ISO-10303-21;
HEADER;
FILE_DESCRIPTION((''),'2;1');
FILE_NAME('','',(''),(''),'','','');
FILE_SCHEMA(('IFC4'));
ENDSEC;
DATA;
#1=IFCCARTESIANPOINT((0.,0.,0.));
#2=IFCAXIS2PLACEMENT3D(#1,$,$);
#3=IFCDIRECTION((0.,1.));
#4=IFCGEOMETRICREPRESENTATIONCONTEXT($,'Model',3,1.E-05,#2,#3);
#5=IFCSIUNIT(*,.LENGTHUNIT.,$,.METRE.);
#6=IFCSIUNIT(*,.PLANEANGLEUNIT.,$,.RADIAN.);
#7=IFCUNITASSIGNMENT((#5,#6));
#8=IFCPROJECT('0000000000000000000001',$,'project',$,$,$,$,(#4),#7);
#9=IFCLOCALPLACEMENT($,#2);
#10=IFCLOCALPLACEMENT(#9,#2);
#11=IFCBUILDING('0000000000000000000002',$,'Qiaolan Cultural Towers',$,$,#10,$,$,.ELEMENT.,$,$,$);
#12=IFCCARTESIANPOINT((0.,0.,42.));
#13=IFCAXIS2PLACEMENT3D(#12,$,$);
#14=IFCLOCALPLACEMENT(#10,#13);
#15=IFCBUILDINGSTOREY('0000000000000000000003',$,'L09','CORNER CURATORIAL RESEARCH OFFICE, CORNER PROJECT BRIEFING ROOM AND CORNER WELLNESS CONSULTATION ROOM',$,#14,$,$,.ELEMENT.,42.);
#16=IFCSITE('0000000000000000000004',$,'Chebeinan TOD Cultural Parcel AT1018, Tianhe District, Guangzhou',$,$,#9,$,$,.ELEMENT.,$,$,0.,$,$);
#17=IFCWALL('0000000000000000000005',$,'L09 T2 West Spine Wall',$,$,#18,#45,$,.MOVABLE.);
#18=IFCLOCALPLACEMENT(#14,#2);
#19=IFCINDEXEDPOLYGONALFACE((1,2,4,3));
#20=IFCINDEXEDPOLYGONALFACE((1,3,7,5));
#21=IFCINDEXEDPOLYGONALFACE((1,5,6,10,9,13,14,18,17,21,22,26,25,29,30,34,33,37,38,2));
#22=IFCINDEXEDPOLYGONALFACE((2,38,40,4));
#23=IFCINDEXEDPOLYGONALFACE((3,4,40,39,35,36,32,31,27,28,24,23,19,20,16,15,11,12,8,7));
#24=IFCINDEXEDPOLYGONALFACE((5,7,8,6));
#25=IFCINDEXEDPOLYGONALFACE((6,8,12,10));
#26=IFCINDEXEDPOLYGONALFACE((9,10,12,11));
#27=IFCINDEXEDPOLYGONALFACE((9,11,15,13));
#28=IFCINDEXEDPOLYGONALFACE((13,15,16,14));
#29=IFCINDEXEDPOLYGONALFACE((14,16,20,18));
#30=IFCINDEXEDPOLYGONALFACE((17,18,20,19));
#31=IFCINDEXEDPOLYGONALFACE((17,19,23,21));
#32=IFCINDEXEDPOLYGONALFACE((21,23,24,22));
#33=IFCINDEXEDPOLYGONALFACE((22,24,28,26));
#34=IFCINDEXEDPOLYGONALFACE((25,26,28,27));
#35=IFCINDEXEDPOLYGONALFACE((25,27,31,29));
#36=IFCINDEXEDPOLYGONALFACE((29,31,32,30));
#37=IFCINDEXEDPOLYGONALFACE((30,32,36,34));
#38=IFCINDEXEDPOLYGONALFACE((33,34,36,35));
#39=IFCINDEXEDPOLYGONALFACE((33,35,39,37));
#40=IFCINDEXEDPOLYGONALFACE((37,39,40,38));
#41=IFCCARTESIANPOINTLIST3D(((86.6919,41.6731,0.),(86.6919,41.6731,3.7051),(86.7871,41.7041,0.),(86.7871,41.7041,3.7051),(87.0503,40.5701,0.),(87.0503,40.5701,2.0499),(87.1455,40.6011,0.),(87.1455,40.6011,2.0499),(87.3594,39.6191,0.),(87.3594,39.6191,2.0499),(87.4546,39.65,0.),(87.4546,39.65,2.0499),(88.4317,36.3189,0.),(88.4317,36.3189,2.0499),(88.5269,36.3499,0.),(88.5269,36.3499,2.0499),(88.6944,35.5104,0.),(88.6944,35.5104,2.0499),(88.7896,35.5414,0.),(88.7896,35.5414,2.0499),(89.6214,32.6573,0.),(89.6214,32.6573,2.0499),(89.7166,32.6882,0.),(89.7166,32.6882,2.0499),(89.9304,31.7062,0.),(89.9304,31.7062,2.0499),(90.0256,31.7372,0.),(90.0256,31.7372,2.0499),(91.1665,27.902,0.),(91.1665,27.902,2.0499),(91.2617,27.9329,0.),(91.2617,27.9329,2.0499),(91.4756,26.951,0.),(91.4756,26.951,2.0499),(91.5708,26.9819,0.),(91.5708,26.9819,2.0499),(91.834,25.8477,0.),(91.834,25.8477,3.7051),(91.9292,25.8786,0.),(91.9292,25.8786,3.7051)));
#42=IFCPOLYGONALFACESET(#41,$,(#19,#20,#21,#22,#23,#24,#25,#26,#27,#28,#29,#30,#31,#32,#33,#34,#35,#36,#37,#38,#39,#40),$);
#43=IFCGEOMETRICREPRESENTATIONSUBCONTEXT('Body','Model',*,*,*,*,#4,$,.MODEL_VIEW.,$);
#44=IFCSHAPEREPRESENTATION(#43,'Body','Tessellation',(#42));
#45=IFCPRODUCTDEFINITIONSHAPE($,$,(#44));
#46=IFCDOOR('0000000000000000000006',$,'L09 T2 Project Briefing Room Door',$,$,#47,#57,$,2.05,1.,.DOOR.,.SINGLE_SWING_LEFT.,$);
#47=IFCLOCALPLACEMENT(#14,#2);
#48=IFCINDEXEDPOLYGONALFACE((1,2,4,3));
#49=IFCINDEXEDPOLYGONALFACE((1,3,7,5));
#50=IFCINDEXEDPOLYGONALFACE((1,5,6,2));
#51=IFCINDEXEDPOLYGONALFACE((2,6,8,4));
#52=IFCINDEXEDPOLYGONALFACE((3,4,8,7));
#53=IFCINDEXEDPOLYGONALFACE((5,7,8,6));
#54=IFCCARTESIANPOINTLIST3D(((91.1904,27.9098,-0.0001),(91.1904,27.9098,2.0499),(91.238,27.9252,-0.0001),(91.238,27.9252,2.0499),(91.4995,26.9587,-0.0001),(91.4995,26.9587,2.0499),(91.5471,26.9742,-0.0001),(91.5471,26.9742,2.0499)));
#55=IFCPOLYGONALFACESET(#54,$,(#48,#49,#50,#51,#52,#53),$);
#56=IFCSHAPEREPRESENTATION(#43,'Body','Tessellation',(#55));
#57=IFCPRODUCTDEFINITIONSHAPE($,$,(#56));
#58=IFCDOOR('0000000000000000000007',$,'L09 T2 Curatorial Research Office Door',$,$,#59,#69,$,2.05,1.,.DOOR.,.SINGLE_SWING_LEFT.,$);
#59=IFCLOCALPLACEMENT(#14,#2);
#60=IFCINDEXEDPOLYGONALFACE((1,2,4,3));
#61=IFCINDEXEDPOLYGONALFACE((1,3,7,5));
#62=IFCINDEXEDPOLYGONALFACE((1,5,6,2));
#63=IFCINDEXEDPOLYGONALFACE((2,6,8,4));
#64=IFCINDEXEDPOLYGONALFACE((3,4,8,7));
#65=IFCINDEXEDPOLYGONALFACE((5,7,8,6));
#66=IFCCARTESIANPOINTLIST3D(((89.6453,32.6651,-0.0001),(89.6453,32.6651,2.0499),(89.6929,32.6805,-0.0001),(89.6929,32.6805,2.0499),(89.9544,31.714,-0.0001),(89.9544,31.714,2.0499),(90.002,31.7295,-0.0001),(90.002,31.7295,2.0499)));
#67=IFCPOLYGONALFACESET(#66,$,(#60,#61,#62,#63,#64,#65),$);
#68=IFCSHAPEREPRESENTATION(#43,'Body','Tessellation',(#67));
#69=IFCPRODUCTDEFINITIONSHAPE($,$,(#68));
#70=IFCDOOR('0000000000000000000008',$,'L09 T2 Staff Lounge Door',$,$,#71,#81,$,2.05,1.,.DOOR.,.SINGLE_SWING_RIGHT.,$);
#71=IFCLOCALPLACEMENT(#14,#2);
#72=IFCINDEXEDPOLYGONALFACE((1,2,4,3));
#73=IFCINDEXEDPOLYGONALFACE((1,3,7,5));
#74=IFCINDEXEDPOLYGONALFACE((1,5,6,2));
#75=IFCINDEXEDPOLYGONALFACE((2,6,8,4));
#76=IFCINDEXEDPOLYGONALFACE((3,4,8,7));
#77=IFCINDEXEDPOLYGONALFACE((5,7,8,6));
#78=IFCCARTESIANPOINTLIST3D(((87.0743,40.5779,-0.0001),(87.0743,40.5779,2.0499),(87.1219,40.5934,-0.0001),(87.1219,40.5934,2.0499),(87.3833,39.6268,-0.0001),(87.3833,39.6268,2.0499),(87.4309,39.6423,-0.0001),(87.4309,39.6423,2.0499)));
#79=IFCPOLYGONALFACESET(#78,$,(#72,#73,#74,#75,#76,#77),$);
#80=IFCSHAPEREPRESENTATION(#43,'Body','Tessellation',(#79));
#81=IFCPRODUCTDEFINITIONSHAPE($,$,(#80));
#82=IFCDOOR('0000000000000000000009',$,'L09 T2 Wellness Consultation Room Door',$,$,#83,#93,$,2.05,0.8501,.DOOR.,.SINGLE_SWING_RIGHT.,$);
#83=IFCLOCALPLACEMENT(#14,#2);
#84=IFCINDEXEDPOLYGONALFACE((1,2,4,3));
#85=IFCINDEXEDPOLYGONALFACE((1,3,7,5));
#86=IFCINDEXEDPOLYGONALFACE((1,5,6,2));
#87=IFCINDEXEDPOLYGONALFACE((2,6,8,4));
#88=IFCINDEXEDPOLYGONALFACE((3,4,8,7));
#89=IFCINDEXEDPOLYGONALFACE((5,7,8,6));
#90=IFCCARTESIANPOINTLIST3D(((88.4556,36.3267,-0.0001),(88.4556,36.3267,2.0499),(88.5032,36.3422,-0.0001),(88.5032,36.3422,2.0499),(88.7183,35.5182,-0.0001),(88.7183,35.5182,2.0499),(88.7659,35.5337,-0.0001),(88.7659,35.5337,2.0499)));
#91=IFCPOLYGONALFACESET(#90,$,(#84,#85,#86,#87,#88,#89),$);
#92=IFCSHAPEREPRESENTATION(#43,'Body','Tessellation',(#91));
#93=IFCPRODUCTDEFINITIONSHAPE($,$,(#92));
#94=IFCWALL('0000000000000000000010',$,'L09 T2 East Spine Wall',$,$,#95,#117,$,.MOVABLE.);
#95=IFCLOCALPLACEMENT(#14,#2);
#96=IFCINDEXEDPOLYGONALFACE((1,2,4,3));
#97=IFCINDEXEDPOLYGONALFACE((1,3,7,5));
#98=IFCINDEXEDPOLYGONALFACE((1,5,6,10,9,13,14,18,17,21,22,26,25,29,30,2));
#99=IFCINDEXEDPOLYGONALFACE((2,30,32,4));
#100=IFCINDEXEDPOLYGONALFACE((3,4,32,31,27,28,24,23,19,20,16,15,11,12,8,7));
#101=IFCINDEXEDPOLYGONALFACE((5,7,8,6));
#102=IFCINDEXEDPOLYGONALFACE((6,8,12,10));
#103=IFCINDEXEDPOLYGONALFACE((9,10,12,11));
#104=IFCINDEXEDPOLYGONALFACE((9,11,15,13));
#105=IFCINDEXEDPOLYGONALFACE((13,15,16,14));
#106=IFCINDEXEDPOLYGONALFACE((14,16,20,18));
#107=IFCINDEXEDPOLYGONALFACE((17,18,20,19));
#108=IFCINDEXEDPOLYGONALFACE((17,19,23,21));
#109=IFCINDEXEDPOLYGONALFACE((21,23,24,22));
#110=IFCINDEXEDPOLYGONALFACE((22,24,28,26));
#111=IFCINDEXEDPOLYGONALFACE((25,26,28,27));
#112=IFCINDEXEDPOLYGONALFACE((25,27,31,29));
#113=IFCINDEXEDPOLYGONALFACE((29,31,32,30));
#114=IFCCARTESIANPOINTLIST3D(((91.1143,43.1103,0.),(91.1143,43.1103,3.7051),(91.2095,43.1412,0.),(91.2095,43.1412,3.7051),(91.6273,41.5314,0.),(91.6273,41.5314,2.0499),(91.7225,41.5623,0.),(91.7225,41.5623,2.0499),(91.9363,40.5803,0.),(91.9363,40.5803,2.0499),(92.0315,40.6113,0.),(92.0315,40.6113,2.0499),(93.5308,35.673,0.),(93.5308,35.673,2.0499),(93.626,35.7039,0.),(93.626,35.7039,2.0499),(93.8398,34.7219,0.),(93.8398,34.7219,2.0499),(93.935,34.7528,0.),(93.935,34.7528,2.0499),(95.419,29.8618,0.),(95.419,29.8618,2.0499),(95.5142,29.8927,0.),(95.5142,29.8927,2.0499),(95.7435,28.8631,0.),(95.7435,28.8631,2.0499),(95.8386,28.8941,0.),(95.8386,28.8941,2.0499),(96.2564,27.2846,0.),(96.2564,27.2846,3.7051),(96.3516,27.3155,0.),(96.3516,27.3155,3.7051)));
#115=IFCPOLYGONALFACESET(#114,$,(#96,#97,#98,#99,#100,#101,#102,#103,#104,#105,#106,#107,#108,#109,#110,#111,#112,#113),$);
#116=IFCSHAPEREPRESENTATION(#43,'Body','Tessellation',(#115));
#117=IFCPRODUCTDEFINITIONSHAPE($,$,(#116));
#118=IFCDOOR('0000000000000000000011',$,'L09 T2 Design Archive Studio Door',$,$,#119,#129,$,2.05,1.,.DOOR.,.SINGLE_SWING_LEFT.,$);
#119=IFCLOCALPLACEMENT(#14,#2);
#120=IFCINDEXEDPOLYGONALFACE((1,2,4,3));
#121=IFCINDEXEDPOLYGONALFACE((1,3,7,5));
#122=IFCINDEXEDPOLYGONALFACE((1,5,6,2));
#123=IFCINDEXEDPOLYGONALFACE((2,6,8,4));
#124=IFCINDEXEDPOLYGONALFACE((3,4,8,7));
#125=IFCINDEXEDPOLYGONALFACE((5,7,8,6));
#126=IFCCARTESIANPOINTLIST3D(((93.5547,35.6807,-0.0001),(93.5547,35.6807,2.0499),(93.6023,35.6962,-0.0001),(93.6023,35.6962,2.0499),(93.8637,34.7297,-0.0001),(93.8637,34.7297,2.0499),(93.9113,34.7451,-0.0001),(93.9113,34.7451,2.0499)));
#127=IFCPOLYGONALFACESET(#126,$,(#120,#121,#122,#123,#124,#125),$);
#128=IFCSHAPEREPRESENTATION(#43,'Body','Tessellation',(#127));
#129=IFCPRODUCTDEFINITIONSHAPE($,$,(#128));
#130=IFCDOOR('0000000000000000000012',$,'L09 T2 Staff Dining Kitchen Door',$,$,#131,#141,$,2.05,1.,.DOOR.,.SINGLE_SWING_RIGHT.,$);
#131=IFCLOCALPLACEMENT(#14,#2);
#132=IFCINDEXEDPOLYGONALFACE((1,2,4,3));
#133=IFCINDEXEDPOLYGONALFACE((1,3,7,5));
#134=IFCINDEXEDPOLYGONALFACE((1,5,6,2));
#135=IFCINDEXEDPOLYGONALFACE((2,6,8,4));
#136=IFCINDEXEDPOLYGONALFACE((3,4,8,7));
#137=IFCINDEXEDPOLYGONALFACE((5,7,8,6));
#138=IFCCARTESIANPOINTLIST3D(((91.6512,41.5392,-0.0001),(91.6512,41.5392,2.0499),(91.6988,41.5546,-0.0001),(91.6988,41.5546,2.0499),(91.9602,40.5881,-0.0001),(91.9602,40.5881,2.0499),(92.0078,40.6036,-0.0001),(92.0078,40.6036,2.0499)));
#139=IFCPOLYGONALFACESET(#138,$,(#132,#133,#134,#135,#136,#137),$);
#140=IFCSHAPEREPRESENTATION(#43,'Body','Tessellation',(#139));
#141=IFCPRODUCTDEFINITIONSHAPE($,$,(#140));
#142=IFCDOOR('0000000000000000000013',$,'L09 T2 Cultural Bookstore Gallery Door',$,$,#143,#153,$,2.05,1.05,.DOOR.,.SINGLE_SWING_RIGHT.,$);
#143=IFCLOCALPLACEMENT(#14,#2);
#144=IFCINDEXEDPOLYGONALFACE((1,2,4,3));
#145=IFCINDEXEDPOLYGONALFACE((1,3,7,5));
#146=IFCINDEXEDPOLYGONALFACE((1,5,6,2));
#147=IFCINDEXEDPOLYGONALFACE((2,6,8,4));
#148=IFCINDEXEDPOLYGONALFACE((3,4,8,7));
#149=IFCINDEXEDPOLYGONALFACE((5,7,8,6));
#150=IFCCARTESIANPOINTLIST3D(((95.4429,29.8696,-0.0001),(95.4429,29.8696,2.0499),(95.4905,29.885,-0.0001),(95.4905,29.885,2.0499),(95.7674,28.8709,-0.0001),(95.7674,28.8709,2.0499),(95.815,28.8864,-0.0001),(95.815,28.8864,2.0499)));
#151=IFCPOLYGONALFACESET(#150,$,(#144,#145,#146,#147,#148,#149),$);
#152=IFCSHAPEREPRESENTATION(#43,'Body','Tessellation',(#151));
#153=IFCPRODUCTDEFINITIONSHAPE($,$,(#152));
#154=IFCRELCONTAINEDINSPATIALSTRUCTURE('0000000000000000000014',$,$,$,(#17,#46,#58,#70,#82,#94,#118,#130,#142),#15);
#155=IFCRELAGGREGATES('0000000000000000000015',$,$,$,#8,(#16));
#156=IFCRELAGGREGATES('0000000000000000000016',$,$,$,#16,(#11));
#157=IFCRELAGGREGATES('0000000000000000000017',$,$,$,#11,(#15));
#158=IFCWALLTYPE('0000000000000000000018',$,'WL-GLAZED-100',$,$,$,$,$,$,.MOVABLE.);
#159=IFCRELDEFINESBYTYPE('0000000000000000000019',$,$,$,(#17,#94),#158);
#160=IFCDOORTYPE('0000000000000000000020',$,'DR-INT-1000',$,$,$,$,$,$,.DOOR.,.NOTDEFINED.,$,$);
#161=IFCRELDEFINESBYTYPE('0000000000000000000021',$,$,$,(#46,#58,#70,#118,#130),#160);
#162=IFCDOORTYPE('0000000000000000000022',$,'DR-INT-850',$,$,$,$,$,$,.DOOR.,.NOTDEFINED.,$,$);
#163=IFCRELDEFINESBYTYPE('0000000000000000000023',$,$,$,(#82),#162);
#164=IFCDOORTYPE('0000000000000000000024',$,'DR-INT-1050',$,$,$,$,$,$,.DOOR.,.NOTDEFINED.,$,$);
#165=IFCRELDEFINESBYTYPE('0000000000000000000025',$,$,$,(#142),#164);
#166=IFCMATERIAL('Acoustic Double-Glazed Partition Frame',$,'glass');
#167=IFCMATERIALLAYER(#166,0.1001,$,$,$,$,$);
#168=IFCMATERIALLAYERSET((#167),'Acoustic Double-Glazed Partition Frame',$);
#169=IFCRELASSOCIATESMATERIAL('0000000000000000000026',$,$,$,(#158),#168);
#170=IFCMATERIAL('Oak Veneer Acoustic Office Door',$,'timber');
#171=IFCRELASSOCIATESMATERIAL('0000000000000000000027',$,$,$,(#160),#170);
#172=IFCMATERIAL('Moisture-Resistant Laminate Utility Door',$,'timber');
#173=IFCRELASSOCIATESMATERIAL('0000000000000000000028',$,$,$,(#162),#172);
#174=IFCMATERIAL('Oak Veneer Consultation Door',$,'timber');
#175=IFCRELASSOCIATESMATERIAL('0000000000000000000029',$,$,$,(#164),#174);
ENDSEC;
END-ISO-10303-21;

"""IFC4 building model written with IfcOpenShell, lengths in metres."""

from ifc_helpers import new_model, si_unit, direction, frame, frame_2d, origin, place, context, subcontext, project, spatial, rectangle, extrude, material, layer, layer_set, type_object, element, fill, save


model = new_model("IFC4")

# Units and contexts
model_context = context("Model", 3, precision=1e-05, world=origin(), true_north=direction((0.0, 1.0)))
body_context = subcontext(model_context, "Body", "Model", "MODEL_VIEW")
ifc_project = project(units=[si_unit("LENGTHUNIT", "METRE"), si_unit("PLANEANGLEUNIT", "RADIAN")], contexts=[model_context])

# Site, building, storey
site_placement = place(None, origin())
site = spatial("IfcSite", under=ifc_project, at=site_placement, Name="Chebeinan TOD Cultural Parcel AT1018, Tianhe District, Guangzhou", CompositionType="ELEMENT", RefElevation=0.0)
building_placement = place(site_placement, origin())
building = spatial("IfcBuilding", under=site, at=building_placement, Name="Qiaolan Cultural Towers", CompositionType="ELEMENT")
storey_placement = place(building_placement, frame((0.0, 0.0, 42.0)))
storey = spatial("IfcBuildingStorey", under=building, at=storey_placement, Name="L09", Description="CORNER CURATORIAL RESEARCH OFFICE, CORNER PROJECT BRIEFING ROOM AND CORNER WELLNESS CONSULTATION ROOM", CompositionType="ELEMENT", Elevation=42.0)

# Shared definitions
ifc_material_1 = material(Name="Acoustic Double-Glazed Partition Frame", Category="glass")
ifc_layer_1 = layer(ifc_material_1, 0.1001)
ifc_layer_set_1 = layer_set([ifc_layer_1], Name="Acoustic Double-Glazed Partition Frame")
wall_type_1 = type_object("IfcWallType", Name="WL-GLAZED-100", PredefinedType="MOVABLE", material=ifc_layer_set_1)

# Walls, openings, doors
wall_1_placement = place(storey_placement, frame((91.8816, 25.8633, 0.0), z_axis=(0.0, 0.0, 1.0), x_axis=(-0.309022, 0.951055, 0.0)))
wall_1 = element("IfcWall", 1, at=wall_1_placement, inside=storey, type_object=wall_type_1, Name="L09 T2 West Spine Wall", PredefinedType="MOVABLE", context=body_context, shape_type="SweptSolid", body=[
    extrude(rectangle(XDim=16.6399, YDim=0.1001, at=frame_2d((8.3198, 0.0))), origin(), (0.0, 0.0, 1.0), 3.7051),
])
opening_1_placement = place(wall_1_placement, frame((1.1599, 0.0, 0.0)))
opening_1 = element("IfcOpeningElement", 2, at=opening_1_placement, cuts=wall_1, PredefinedType="OPENING", context=body_context, shape_type="SweptSolid", body=[
    extrude(rectangle(XDim=1.0, YDim=2.05, at=frame_2d((0.5, 1.0249))), frame((0.0, 0.0601, 0.0), z_axis=(0.0, -1.0, 0.0), x_axis=(1.0, 0.0, 0.0)), (0.0, 0.0, 1.0), 0.1201),
])
opening_2_placement = place(wall_1_placement, frame((6.1599, 0.0, 0.0)))
opening_2 = element("IfcOpeningElement", 3, at=opening_2_placement, cuts=wall_1, PredefinedType="OPENING", context=body_context, shape_type="SweptSolid", body=[
    extrude(rectangle(XDim=1.0, YDim=2.05, at=frame_2d((0.5, 1.0249))), frame((0.0, 0.0601, 0.0), z_axis=(0.0, -1.0, 0.0), x_axis=(1.0, 0.0, 0.0)), (0.0, 0.0, 1.0), 0.1201),
])
opening_3_placement = place(wall_1_placement, frame((10.1599, 0.0, 0.0)))
opening_3 = element("IfcOpeningElement", 4, at=opening_3_placement, cuts=wall_1, PredefinedType="OPENING", context=body_context, shape_type="SweptSolid", body=[
    extrude(rectangle(XDim=0.8501, YDim=2.05, at=frame_2d((0.425, 1.0249))), frame((0.0, 0.0601, 0.0), z_axis=(0.0, -1.0, 0.0), x_axis=(1.0, 0.0, 0.0)), (0.0, 0.0, 1.0), 0.1201),
])
opening_4_placement = place(wall_1_placement, frame((14.48, 0.0, 0.0)))
opening_4 = element("IfcOpeningElement", 5, at=opening_4_placement, cuts=wall_1, PredefinedType="OPENING", context=body_context, shape_type="SweptSolid", body=[
    extrude(rectangle(XDim=1.0, YDim=2.05, at=frame_2d((0.5, 1.0249))), frame((0.0, 0.0601, 0.0), z_axis=(0.0, -1.0, 0.0), x_axis=(1.0, 0.0, 0.0)), (0.0, 0.0, 1.0), 0.1201),
])
ifc_material_2 = material(Name="Oak Veneer Acoustic Office Door", Category="timber")
door_type_1 = type_object("IfcDoorType", Name="DR-INT-1000", OperationType="NOTDEFINED", PredefinedType="DOOR", material=ifc_material_2)
door_1_placement = place(opening_1_placement, origin())
door_1 = element("IfcDoor", 6, at=door_1_placement, inside=storey, type_object=door_type_1, Name="L09 T2 Project Briefing Room Door", OperationType="SINGLE_SWING_LEFT", OverallHeight=2.05, OverallWidth=1.0, PredefinedType="DOOR", context=body_context, shape_type="SweptSolid", body=[
    extrude(rectangle(XDim=1.0, YDim=2.05, at=frame_2d((0.5, 1.0249))), frame((0.0, 0.0249, 0.0), z_axis=(0.0, -1.0, 0.0), x_axis=(1.0, 0.0, 0.0)), (0.0, 0.0, 1.0), 0.05),
])
fill(opening_1, door_1)
door_2_placement = place(opening_2_placement, origin())
door_2 = element("IfcDoor", 7, at=door_2_placement, inside=storey, type_object=door_type_1, Name="L09 T2 Curatorial Research Office Door", OperationType="SINGLE_SWING_LEFT", OverallHeight=2.05, OverallWidth=1.0, PredefinedType="DOOR", context=body_context, shape_type="SweptSolid", body=[
    extrude(rectangle(XDim=1.0, YDim=2.05, at=frame_2d((0.5, 1.0249))), frame((0.0, 0.0249, 0.0), z_axis=(0.0, -1.0, 0.0), x_axis=(1.0, 0.0, 0.0)), (0.0, 0.0, 1.0), 0.05),
])
fill(opening_2, door_2)
door_3_placement = place(opening_4_placement, origin())
door_3 = element("IfcDoor", 8, at=door_3_placement, inside=storey, type_object=door_type_1, Name="L09 T2 Staff Lounge Door", OperationType="SINGLE_SWING_RIGHT", OverallHeight=2.05, OverallWidth=1.0, PredefinedType="DOOR", context=body_context, shape_type="SweptSolid", body=[
    extrude(rectangle(XDim=1.0, YDim=2.05, at=frame_2d((0.5, 1.0249))), frame((0.0, 0.0249, 0.0), z_axis=(0.0, -1.0, 0.0), x_axis=(1.0, 0.0, 0.0)), (0.0, 0.0, 1.0), 0.05),
])
fill(opening_4, door_3)
ifc_material_3 = material(Name="Moisture-Resistant Laminate Utility Door", Category="timber")
door_type_2 = type_object("IfcDoorType", Name="DR-INT-850", OperationType="NOTDEFINED", PredefinedType="DOOR", material=ifc_material_3)
door_4_placement = place(opening_3_placement, origin())
door_4 = element("IfcDoor", 9, at=door_4_placement, inside=storey, type_object=door_type_2, Name="L09 T2 Wellness Consultation Room Door", OperationType="SINGLE_SWING_RIGHT", OverallHeight=2.05, OverallWidth=0.8501, PredefinedType="DOOR", context=body_context, shape_type="SweptSolid", body=[
    extrude(rectangle(XDim=0.8501, YDim=2.05, at=frame_2d((0.425, 1.0249))), frame((0.0, 0.0249, 0.0), z_axis=(0.0, -1.0, 0.0), x_axis=(1.0, 0.0, 0.0)), (0.0, 0.0, 1.0), 0.05),
])
fill(opening_3, door_4)
wall_2_placement = place(storey_placement, frame((96.304, 27.3, 0.0), z_axis=(0.0, 0.0, 1.0), x_axis=(-0.309018, 0.951056, 0.0)))
wall_2 = element("IfcWall", 10, at=wall_2_placement, inside=storey, type_object=wall_type_1, Name="L09 T2 East Spine Wall", PredefinedType="MOVABLE", context=body_context, shape_type="SweptSolid", body=[
    extrude(rectangle(XDim=16.6401, YDim=0.1001, at=frame_2d((8.3201, 0.0))), origin(), (0.0, 0.0, 1.0), 3.7051),
])
opening_5_placement = place(wall_2_placement, frame((1.6599, 0.0, 0.0)))
opening_5 = element("IfcOpeningElement", 11, at=opening_5_placement, cuts=wall_2, PredefinedType="OPENING", context=body_context, shape_type="SweptSolid", body=[
    extrude(rectangle(XDim=1.05, YDim=2.05, at=frame_2d((0.5249, 1.0249))), frame((0.0, 0.0601, 0.0), z_axis=(0.0, -1.0, 0.0), x_axis=(1.0, 0.0, 0.0)), (0.0, 0.0, 1.0), 0.1201),
])
opening_6_placement = place(wall_2_placement, frame((7.8201, 0.0, 0.0)))
opening_6 = element("IfcOpeningElement", 12, at=opening_6_placement, cuts=wall_2, PredefinedType="OPENING", context=body_context, shape_type="SweptSolid", body=[
    extrude(rectangle(XDim=1.0, YDim=2.05, at=frame_2d((0.5, 1.0249))), frame((0.0, 0.0601, 0.0), z_axis=(0.0, -1.0, 0.0), x_axis=(1.0, 0.0, 0.0)), (0.0, 0.0, 1.0), 0.1201),
])
opening_7_placement = place(wall_2_placement, frame((13.98, 0.0, 0.0)))
opening_7 = element("IfcOpeningElement", 13, at=opening_7_placement, cuts=wall_2, PredefinedType="OPENING", context=body_context, shape_type="SweptSolid", body=[
    extrude(rectangle(XDim=1.0, YDim=2.05, at=frame_2d((0.5, 1.0249))), frame((0.0, 0.0601, 0.0), z_axis=(0.0, -1.0, 0.0), x_axis=(1.0, 0.0, 0.0)), (0.0, 0.0, 1.0), 0.1201),
])
door_5_placement = place(opening_6_placement, origin())
door_5 = element("IfcDoor", 14, at=door_5_placement, inside=storey, type_object=door_type_1, Name="L09 T2 Design Archive Studio Door", OperationType="SINGLE_SWING_LEFT", OverallHeight=2.05, OverallWidth=1.0, PredefinedType="DOOR", context=body_context, shape_type="SweptSolid", body=[
    extrude(rectangle(XDim=1.0, YDim=2.05, at=frame_2d((0.5, 1.0249))), frame((0.0, 0.0249, 0.0), z_axis=(0.0, -1.0, 0.0), x_axis=(1.0, 0.0, 0.0)), (0.0, 0.0, 1.0), 0.05),
])
fill(opening_6, door_5)
door_6_placement = place(opening_7_placement, origin())
door_6 = element("IfcDoor", 15, at=door_6_placement, inside=storey, type_object=door_type_1, Name="L09 T2 Staff Dining Kitchen Door", OperationType="SINGLE_SWING_RIGHT", OverallHeight=2.05, OverallWidth=1.0, PredefinedType="DOOR", context=body_context, shape_type="SweptSolid", body=[
    extrude(rectangle(XDim=1.0, YDim=2.05, at=frame_2d((0.5, 1.0249))), frame((0.0, 0.0249, 0.0), z_axis=(0.0, -1.0, 0.0), x_axis=(1.0, 0.0, 0.0)), (0.0, 0.0, 1.0), 0.05),
])
fill(opening_7, door_6)
ifc_material_4 = material(Name="Oak Veneer Consultation Door", Category="timber")
door_type_3 = type_object("IfcDoorType", Name="DR-INT-1050", OperationType="NOTDEFINED", PredefinedType="DOOR", material=ifc_material_4)
door_7_placement = place(opening_5_placement, origin())
door_7 = element("IfcDoor", 16, at=door_7_placement, inside=storey, type_object=door_type_3, Name="L09 T2 Cultural Bookstore Gallery Door", OperationType="SINGLE_SWING_RIGHT", OverallHeight=2.05, OverallWidth=1.05, PredefinedType="DOOR", context=body_context, shape_type="SweptSolid", body=[
    extrude(rectangle(XDim=1.05, YDim=2.05, at=frame_2d((0.5249, 1.0249))), frame((0.0, 0.0249, 0.0), z_axis=(0.0, -1.0, 0.0), x_axis=(1.0, 0.0, 0.0)), (0.0, 0.0, 1.0), 0.05),
])
fill(opening_5, door_7)

save(model, "model.ifc")
